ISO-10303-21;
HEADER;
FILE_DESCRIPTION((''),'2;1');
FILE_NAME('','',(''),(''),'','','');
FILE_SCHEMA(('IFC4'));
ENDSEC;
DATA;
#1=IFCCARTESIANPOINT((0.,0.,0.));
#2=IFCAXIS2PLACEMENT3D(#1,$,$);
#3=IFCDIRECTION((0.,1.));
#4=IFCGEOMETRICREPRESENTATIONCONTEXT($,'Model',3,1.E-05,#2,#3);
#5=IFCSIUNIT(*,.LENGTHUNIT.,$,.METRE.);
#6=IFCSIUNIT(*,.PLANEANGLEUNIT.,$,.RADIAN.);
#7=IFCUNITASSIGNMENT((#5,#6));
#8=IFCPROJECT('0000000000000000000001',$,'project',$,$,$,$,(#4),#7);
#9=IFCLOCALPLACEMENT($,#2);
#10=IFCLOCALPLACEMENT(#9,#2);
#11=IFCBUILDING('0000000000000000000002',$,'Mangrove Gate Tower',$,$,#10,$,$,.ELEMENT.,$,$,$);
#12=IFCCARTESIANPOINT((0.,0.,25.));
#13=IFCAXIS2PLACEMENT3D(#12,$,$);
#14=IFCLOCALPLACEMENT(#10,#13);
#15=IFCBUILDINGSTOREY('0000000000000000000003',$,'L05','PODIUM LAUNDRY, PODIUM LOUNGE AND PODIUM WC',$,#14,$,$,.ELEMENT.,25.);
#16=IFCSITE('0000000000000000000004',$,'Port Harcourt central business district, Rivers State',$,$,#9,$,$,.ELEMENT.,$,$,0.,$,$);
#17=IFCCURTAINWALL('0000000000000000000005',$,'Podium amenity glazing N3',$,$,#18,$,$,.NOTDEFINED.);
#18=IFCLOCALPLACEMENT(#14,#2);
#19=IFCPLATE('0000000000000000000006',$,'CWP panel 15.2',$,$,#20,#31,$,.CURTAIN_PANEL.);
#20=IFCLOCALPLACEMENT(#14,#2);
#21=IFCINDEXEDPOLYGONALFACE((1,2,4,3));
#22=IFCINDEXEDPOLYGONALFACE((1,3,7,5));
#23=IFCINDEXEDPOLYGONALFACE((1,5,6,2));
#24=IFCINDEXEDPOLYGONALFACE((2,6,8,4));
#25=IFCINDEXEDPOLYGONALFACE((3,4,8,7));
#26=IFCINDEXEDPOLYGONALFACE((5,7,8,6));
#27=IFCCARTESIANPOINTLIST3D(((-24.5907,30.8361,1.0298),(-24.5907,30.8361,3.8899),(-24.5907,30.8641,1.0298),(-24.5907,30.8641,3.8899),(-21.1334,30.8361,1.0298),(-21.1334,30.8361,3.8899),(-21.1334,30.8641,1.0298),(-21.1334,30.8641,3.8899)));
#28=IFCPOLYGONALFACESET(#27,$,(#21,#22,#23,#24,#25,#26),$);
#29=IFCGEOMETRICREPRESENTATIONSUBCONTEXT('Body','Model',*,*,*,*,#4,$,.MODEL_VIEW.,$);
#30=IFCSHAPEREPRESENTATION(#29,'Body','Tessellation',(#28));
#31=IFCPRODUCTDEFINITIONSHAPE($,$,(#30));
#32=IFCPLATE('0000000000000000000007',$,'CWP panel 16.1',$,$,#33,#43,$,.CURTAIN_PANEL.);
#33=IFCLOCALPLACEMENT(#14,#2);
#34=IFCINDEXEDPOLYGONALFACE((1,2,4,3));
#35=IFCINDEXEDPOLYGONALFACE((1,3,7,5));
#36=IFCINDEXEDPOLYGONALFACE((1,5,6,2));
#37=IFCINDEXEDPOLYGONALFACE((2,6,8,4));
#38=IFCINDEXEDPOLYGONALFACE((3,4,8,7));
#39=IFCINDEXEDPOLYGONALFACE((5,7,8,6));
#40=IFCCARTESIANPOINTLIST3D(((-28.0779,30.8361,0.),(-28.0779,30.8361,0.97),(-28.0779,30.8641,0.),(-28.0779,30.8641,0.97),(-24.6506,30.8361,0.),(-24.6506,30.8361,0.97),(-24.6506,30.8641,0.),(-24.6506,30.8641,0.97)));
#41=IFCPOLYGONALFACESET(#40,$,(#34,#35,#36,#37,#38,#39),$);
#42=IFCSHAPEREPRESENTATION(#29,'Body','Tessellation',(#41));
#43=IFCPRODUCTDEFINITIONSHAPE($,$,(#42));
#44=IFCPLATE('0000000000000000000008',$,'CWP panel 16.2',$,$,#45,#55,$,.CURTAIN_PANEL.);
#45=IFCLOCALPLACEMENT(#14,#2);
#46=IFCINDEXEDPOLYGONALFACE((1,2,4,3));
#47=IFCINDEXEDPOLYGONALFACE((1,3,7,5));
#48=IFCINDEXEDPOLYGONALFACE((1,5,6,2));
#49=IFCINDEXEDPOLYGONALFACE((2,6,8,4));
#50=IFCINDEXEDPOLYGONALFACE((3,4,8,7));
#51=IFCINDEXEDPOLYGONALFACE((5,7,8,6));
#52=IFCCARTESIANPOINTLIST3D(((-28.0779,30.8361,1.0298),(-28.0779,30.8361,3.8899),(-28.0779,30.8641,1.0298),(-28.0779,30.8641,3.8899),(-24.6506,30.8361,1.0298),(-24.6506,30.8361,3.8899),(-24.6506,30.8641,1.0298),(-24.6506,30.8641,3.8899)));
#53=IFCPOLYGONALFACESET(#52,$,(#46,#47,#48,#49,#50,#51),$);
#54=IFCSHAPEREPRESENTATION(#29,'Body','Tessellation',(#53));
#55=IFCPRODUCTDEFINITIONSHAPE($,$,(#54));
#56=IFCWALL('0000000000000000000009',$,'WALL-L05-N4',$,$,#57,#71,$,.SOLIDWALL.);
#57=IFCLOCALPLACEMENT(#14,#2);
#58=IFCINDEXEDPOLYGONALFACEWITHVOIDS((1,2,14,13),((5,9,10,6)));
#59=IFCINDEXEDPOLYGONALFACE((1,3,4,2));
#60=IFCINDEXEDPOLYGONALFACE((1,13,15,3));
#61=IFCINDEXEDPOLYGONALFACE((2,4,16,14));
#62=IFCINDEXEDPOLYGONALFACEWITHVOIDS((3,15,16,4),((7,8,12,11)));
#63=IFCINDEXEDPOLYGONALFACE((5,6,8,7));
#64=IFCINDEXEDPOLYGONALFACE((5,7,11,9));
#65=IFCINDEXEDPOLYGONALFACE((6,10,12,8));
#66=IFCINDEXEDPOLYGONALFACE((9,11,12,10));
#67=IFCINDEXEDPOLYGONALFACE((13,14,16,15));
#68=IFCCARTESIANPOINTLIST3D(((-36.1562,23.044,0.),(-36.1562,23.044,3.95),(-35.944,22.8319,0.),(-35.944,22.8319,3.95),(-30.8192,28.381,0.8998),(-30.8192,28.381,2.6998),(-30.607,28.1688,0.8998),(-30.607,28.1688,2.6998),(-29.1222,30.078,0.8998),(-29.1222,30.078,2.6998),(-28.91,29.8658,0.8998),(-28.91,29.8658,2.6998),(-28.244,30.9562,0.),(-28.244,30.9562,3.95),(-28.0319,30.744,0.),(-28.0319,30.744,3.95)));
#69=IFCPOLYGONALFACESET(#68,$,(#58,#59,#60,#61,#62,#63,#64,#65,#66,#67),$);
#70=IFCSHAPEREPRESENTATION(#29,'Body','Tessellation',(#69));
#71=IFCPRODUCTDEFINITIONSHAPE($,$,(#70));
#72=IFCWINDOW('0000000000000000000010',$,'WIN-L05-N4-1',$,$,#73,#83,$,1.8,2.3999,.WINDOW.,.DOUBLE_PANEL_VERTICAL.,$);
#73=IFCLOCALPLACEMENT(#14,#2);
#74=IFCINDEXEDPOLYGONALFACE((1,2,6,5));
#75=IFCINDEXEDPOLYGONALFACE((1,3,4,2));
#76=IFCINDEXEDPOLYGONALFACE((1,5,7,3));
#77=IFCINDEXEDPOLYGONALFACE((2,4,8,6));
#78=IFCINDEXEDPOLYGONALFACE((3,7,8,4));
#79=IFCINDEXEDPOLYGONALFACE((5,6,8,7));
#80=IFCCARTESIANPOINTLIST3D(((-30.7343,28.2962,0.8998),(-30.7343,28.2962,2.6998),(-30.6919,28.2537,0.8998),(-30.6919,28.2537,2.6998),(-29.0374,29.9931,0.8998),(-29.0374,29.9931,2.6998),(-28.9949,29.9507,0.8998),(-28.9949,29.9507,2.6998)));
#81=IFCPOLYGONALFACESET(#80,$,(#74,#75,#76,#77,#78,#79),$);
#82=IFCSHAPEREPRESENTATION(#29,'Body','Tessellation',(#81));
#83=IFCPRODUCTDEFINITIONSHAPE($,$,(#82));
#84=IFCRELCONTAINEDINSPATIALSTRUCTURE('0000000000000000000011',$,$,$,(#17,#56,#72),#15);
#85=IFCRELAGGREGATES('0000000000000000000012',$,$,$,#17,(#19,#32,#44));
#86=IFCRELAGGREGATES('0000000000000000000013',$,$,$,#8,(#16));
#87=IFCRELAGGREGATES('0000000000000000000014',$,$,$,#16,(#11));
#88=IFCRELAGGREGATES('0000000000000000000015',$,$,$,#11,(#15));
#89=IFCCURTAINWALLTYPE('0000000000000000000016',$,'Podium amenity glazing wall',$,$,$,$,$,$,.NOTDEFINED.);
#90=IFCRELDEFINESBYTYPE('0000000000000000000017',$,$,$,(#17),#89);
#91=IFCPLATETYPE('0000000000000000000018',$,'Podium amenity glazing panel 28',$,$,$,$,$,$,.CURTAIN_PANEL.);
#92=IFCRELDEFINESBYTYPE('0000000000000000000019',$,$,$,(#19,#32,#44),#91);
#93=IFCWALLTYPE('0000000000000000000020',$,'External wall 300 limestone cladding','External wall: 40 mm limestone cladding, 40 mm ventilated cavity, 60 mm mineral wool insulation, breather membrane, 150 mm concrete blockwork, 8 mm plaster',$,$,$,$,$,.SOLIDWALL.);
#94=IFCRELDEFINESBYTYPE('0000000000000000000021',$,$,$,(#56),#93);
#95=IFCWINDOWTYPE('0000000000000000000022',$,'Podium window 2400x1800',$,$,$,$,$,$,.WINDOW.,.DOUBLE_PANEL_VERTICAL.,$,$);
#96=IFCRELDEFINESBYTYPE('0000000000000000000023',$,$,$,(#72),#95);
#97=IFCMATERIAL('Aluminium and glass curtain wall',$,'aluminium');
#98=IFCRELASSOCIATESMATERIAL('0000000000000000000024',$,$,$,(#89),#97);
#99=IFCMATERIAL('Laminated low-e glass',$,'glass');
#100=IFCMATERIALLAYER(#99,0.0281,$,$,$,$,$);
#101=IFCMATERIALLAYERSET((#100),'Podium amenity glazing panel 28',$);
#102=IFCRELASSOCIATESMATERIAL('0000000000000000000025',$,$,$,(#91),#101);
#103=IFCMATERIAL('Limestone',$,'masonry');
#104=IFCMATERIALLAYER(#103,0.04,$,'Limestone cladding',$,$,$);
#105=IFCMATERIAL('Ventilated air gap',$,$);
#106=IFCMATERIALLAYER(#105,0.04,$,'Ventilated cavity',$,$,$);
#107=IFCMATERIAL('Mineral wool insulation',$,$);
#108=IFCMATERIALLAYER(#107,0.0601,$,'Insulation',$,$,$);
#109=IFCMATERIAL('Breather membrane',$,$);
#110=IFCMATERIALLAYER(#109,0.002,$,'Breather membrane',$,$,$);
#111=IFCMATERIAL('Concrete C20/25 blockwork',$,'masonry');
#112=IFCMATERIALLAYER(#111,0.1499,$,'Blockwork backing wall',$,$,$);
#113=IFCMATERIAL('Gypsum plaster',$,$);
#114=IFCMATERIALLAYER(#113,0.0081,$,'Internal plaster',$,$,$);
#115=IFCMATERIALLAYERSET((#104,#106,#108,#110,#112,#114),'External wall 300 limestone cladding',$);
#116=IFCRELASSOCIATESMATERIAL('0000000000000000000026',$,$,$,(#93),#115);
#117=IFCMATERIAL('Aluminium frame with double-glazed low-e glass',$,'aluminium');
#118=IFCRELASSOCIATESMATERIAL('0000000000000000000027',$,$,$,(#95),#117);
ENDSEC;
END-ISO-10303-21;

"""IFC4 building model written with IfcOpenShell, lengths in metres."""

from ifc_helpers import new_model, si_unit, direction, frame, frame_2d, origin, origin_2d, place, context, subcontext, project, spatial, rectangle, extrude, material, layer, layer_set, type_object, element, fill, aggregate, save


model = new_model("IFC4")

# Units and contexts
model_context = context("Model", 3, precision=1e-05, world=origin(), true_north=direction((0.0, 1.0)))
body_context = subcontext(model_context, "Body", "Model", "MODEL_VIEW")
ifc_project = project(units=[si_unit("LENGTHUNIT", "METRE"), si_unit("PLANEANGLEUNIT", "RADIAN")], contexts=[model_context])

# Site, building, storey
site_placement = place(None, origin())
site = spatial("IfcSite", under=ifc_project, at=site_placement, Name="Port Harcourt central business district, Rivers State", CompositionType="ELEMENT", RefElevation=0.0)
building_placement = place(site_placement, origin())
building = spatial("IfcBuilding", under=site, at=building_placement, Name="Mangrove Gate Tower", CompositionType="ELEMENT")
storey_placement = place(building_placement, frame((0.0, 0.0, 25.0)))
storey = spatial("IfcBuildingStorey", under=building, at=storey_placement, Name="L05", Description="PODIUM LAUNDRY, PODIUM LOUNGE AND PODIUM WC", CompositionType="ELEMENT", Elevation=25.0)

# Curtain wall, plates
ifc_material_1 = material(Name="Aluminium and glass curtain wall", Category="aluminium")
curtain_wall_type = type_object("IfcCurtainWallType", Name="Podium amenity glazing wall", PredefinedType="NOTDEFINED", material=ifc_material_1)
curtain_wall_placement = place(storey_placement, origin())
curtain_wall = element("IfcCurtainWall", 1, at=curtain_wall_placement, inside=storey, type_object=curtain_wall_type, Name="Podium amenity glazing N3", PredefinedType="NOTDEFINED")
ifc_material_2 = material(Name="Laminated low-e glass", Category="glass")
ifc_layer_1 = layer(ifc_material_2, 0.0281)
ifc_layer_set_1 = layer_set([ifc_layer_1], Name="Podium amenity glazing panel 28")
plate_type = type_object("IfcPlateType", Name="Podium amenity glazing panel 28", PredefinedType="CURTAIN_PANEL", material=ifc_layer_set_1)
plate_1_placement = place(storey_placement, frame((-22.8621, 30.8501, 1.0298), z_axis=(0.0, 0.0, 1.0), x_axis=(-1.0, 0.0, 0.0)))
plate_1 = element("IfcPlate", 2, at=plate_1_placement, type_object=plate_type, Name="CWP panel 15.2", PredefinedType="CURTAIN_PANEL", context=body_context, shape_type="SweptSolid", body=[
    extrude(rectangle(XDim=3.4573, YDim=0.0281, at=origin_2d()), origin(), (0.0, 0.0, 1.0), 2.8601),
])
plate_2_placement = place(storey_placement, frame((-26.3643, 30.8501, 0.0), z_axis=(0.0, 0.0, 1.0), x_axis=(-1.0, 0.0, 0.0)))
plate_2 = element("IfcPlate", 3, at=plate_2_placement, type_object=plate_type, Name="CWP panel 16.1", PredefinedType="CURTAIN_PANEL", context=body_context, shape_type="SweptSolid", body=[
    extrude(rectangle(XDim=3.4272, YDim=0.0281, at=origin_2d()), origin(), (0.0, 0.0, 1.0), 0.97),
])
plate_3_placement = place(storey_placement, frame((-26.3643, 30.8501, 1.0298), z_axis=(0.0, 0.0, 1.0), x_axis=(-1.0, 0.0, 0.0)))
plate_3 = element("IfcPlate", 4, at=plate_3_placement, type_object=plate_type, Name="CWP panel 16.2", PredefinedType="CURTAIN_PANEL", context=body_context, shape_type="SweptSolid", body=[
    extrude(rectangle(XDim=3.4272, YDim=0.0281, at=origin_2d()), origin(), (0.0, 0.0, 1.0), 2.8601),
])
aggregate(curtain_wall, [plate_1, plate_2, plate_3])

# Wall, opening, window
ifc_material_3 = material(Name="Limestone", Category="masonry")
ifc_layer_2 = layer(ifc_material_3, 0.04, Name="Limestone cladding")
ifc_material_4 = material(Name="Ventilated air gap")
ifc_layer_3 = layer(ifc_material_4, 0.04, Name="Ventilated cavity")
ifc_material_5 = material(Name="Mineral wool insulation")
ifc_layer_4 = layer(ifc_material_5, 0.0601, Name="Insulation")
ifc_material_6 = material(Name="Breather membrane")
ifc_layer_5 = layer(ifc_material_6, 0.002, Name="Breather membrane")
ifc_material_7 = material(Name="Concrete C20/25 blockwork", Category="masonry")
ifc_layer_6 = layer(ifc_material_7, 0.1499, Name="Blockwork backing wall")
ifc_material_8 = material(Name="Gypsum plaster")
ifc_layer_7 = layer(ifc_material_8, 0.0081, Name="Internal plaster")
ifc_layer_set_2 = layer_set([ifc_layer_2, ifc_layer_3, ifc_layer_4, ifc_layer_5, ifc_layer_6, ifc_layer_7], Name="External wall 300 limestone cladding")
wall_type = type_object("IfcWallType", Name="External wall 300 limestone cladding", Description="External wall: 40 mm limestone cladding, 40 mm ventilated cavity, 60 mm mineral wool insulation, breather membrane, 150 mm concrete blockwork, 8 mm plaster", PredefinedType="SOLIDWALL", material=ifc_layer_set_2)
wall_placement = place(storey_placement, frame((-28.1379, 30.8501, 0.0), z_axis=(0.0, 0.0, 1.0), x_axis=(-0.707107, -0.707107, 0.0)))
wall = element("IfcWall", 5, at=wall_placement, inside=storey, type_object=wall_type, Name="WALL-L05-N4", PredefinedType="SOLIDWALL", context=body_context, shape_type="SweptSolid", body=[
    extrude(rectangle(XDim=11.1895, YDim=0.3, at=frame_2d((5.5947, 0.0))), origin(), (0.0, 0.0, 1.0), 3.95),
])
opening_placement = place(wall_placement, frame((1.2419, 0.0, 0.8999)))
opening = element("IfcOpeningElement", 6, at=opening_placement, cuts=wall, PredefinedType="OPENING", context=body_context, shape_type="SweptSolid", body=[
    extrude(rectangle(XDim=2.3999, YDim=1.8, at=frame_2d((1.2, 0.8999))), frame((0.0, 0.1599, 0.0), z_axis=(0.0, -1.0, 0.0), x_axis=(1.0, 0.0, 0.0)), (0.0, 0.0, 1.0), 0.3201),
])
ifc_material_9 = material(Name="Aluminium frame with double-glazed low-e glass", Category="aluminium")
window_type = type_object("IfcWindowType", Name="Podium window 2400x1800", PartitioningType="DOUBLE_PANEL_VERTICAL", PredefinedType="WINDOW", material=ifc_material_9)
window_placement = place(opening_placement, origin())
window = element("IfcWindow", 7, at=window_placement, inside=storey, type_object=window_type, Name="WIN-L05-N4-1", OverallHeight=1.8, OverallWidth=2.3999, PartitioningType="DOUBLE_PANEL_VERTICAL", PredefinedType="WINDOW", context=body_context, shape_type="SweptSolid", body=[
    extrude(rectangle(XDim=2.3999, YDim=1.8, at=frame_2d((1.2, 0.8999))), frame((0.0, 0.03, 0.0), z_axis=(0.0, -1.0, 0.0), x_axis=(1.0, 0.0, 0.0)), (0.0, 0.0, 1.0), 0.0601),
])
fill(opening, window)

save(model, "model.ifc")
